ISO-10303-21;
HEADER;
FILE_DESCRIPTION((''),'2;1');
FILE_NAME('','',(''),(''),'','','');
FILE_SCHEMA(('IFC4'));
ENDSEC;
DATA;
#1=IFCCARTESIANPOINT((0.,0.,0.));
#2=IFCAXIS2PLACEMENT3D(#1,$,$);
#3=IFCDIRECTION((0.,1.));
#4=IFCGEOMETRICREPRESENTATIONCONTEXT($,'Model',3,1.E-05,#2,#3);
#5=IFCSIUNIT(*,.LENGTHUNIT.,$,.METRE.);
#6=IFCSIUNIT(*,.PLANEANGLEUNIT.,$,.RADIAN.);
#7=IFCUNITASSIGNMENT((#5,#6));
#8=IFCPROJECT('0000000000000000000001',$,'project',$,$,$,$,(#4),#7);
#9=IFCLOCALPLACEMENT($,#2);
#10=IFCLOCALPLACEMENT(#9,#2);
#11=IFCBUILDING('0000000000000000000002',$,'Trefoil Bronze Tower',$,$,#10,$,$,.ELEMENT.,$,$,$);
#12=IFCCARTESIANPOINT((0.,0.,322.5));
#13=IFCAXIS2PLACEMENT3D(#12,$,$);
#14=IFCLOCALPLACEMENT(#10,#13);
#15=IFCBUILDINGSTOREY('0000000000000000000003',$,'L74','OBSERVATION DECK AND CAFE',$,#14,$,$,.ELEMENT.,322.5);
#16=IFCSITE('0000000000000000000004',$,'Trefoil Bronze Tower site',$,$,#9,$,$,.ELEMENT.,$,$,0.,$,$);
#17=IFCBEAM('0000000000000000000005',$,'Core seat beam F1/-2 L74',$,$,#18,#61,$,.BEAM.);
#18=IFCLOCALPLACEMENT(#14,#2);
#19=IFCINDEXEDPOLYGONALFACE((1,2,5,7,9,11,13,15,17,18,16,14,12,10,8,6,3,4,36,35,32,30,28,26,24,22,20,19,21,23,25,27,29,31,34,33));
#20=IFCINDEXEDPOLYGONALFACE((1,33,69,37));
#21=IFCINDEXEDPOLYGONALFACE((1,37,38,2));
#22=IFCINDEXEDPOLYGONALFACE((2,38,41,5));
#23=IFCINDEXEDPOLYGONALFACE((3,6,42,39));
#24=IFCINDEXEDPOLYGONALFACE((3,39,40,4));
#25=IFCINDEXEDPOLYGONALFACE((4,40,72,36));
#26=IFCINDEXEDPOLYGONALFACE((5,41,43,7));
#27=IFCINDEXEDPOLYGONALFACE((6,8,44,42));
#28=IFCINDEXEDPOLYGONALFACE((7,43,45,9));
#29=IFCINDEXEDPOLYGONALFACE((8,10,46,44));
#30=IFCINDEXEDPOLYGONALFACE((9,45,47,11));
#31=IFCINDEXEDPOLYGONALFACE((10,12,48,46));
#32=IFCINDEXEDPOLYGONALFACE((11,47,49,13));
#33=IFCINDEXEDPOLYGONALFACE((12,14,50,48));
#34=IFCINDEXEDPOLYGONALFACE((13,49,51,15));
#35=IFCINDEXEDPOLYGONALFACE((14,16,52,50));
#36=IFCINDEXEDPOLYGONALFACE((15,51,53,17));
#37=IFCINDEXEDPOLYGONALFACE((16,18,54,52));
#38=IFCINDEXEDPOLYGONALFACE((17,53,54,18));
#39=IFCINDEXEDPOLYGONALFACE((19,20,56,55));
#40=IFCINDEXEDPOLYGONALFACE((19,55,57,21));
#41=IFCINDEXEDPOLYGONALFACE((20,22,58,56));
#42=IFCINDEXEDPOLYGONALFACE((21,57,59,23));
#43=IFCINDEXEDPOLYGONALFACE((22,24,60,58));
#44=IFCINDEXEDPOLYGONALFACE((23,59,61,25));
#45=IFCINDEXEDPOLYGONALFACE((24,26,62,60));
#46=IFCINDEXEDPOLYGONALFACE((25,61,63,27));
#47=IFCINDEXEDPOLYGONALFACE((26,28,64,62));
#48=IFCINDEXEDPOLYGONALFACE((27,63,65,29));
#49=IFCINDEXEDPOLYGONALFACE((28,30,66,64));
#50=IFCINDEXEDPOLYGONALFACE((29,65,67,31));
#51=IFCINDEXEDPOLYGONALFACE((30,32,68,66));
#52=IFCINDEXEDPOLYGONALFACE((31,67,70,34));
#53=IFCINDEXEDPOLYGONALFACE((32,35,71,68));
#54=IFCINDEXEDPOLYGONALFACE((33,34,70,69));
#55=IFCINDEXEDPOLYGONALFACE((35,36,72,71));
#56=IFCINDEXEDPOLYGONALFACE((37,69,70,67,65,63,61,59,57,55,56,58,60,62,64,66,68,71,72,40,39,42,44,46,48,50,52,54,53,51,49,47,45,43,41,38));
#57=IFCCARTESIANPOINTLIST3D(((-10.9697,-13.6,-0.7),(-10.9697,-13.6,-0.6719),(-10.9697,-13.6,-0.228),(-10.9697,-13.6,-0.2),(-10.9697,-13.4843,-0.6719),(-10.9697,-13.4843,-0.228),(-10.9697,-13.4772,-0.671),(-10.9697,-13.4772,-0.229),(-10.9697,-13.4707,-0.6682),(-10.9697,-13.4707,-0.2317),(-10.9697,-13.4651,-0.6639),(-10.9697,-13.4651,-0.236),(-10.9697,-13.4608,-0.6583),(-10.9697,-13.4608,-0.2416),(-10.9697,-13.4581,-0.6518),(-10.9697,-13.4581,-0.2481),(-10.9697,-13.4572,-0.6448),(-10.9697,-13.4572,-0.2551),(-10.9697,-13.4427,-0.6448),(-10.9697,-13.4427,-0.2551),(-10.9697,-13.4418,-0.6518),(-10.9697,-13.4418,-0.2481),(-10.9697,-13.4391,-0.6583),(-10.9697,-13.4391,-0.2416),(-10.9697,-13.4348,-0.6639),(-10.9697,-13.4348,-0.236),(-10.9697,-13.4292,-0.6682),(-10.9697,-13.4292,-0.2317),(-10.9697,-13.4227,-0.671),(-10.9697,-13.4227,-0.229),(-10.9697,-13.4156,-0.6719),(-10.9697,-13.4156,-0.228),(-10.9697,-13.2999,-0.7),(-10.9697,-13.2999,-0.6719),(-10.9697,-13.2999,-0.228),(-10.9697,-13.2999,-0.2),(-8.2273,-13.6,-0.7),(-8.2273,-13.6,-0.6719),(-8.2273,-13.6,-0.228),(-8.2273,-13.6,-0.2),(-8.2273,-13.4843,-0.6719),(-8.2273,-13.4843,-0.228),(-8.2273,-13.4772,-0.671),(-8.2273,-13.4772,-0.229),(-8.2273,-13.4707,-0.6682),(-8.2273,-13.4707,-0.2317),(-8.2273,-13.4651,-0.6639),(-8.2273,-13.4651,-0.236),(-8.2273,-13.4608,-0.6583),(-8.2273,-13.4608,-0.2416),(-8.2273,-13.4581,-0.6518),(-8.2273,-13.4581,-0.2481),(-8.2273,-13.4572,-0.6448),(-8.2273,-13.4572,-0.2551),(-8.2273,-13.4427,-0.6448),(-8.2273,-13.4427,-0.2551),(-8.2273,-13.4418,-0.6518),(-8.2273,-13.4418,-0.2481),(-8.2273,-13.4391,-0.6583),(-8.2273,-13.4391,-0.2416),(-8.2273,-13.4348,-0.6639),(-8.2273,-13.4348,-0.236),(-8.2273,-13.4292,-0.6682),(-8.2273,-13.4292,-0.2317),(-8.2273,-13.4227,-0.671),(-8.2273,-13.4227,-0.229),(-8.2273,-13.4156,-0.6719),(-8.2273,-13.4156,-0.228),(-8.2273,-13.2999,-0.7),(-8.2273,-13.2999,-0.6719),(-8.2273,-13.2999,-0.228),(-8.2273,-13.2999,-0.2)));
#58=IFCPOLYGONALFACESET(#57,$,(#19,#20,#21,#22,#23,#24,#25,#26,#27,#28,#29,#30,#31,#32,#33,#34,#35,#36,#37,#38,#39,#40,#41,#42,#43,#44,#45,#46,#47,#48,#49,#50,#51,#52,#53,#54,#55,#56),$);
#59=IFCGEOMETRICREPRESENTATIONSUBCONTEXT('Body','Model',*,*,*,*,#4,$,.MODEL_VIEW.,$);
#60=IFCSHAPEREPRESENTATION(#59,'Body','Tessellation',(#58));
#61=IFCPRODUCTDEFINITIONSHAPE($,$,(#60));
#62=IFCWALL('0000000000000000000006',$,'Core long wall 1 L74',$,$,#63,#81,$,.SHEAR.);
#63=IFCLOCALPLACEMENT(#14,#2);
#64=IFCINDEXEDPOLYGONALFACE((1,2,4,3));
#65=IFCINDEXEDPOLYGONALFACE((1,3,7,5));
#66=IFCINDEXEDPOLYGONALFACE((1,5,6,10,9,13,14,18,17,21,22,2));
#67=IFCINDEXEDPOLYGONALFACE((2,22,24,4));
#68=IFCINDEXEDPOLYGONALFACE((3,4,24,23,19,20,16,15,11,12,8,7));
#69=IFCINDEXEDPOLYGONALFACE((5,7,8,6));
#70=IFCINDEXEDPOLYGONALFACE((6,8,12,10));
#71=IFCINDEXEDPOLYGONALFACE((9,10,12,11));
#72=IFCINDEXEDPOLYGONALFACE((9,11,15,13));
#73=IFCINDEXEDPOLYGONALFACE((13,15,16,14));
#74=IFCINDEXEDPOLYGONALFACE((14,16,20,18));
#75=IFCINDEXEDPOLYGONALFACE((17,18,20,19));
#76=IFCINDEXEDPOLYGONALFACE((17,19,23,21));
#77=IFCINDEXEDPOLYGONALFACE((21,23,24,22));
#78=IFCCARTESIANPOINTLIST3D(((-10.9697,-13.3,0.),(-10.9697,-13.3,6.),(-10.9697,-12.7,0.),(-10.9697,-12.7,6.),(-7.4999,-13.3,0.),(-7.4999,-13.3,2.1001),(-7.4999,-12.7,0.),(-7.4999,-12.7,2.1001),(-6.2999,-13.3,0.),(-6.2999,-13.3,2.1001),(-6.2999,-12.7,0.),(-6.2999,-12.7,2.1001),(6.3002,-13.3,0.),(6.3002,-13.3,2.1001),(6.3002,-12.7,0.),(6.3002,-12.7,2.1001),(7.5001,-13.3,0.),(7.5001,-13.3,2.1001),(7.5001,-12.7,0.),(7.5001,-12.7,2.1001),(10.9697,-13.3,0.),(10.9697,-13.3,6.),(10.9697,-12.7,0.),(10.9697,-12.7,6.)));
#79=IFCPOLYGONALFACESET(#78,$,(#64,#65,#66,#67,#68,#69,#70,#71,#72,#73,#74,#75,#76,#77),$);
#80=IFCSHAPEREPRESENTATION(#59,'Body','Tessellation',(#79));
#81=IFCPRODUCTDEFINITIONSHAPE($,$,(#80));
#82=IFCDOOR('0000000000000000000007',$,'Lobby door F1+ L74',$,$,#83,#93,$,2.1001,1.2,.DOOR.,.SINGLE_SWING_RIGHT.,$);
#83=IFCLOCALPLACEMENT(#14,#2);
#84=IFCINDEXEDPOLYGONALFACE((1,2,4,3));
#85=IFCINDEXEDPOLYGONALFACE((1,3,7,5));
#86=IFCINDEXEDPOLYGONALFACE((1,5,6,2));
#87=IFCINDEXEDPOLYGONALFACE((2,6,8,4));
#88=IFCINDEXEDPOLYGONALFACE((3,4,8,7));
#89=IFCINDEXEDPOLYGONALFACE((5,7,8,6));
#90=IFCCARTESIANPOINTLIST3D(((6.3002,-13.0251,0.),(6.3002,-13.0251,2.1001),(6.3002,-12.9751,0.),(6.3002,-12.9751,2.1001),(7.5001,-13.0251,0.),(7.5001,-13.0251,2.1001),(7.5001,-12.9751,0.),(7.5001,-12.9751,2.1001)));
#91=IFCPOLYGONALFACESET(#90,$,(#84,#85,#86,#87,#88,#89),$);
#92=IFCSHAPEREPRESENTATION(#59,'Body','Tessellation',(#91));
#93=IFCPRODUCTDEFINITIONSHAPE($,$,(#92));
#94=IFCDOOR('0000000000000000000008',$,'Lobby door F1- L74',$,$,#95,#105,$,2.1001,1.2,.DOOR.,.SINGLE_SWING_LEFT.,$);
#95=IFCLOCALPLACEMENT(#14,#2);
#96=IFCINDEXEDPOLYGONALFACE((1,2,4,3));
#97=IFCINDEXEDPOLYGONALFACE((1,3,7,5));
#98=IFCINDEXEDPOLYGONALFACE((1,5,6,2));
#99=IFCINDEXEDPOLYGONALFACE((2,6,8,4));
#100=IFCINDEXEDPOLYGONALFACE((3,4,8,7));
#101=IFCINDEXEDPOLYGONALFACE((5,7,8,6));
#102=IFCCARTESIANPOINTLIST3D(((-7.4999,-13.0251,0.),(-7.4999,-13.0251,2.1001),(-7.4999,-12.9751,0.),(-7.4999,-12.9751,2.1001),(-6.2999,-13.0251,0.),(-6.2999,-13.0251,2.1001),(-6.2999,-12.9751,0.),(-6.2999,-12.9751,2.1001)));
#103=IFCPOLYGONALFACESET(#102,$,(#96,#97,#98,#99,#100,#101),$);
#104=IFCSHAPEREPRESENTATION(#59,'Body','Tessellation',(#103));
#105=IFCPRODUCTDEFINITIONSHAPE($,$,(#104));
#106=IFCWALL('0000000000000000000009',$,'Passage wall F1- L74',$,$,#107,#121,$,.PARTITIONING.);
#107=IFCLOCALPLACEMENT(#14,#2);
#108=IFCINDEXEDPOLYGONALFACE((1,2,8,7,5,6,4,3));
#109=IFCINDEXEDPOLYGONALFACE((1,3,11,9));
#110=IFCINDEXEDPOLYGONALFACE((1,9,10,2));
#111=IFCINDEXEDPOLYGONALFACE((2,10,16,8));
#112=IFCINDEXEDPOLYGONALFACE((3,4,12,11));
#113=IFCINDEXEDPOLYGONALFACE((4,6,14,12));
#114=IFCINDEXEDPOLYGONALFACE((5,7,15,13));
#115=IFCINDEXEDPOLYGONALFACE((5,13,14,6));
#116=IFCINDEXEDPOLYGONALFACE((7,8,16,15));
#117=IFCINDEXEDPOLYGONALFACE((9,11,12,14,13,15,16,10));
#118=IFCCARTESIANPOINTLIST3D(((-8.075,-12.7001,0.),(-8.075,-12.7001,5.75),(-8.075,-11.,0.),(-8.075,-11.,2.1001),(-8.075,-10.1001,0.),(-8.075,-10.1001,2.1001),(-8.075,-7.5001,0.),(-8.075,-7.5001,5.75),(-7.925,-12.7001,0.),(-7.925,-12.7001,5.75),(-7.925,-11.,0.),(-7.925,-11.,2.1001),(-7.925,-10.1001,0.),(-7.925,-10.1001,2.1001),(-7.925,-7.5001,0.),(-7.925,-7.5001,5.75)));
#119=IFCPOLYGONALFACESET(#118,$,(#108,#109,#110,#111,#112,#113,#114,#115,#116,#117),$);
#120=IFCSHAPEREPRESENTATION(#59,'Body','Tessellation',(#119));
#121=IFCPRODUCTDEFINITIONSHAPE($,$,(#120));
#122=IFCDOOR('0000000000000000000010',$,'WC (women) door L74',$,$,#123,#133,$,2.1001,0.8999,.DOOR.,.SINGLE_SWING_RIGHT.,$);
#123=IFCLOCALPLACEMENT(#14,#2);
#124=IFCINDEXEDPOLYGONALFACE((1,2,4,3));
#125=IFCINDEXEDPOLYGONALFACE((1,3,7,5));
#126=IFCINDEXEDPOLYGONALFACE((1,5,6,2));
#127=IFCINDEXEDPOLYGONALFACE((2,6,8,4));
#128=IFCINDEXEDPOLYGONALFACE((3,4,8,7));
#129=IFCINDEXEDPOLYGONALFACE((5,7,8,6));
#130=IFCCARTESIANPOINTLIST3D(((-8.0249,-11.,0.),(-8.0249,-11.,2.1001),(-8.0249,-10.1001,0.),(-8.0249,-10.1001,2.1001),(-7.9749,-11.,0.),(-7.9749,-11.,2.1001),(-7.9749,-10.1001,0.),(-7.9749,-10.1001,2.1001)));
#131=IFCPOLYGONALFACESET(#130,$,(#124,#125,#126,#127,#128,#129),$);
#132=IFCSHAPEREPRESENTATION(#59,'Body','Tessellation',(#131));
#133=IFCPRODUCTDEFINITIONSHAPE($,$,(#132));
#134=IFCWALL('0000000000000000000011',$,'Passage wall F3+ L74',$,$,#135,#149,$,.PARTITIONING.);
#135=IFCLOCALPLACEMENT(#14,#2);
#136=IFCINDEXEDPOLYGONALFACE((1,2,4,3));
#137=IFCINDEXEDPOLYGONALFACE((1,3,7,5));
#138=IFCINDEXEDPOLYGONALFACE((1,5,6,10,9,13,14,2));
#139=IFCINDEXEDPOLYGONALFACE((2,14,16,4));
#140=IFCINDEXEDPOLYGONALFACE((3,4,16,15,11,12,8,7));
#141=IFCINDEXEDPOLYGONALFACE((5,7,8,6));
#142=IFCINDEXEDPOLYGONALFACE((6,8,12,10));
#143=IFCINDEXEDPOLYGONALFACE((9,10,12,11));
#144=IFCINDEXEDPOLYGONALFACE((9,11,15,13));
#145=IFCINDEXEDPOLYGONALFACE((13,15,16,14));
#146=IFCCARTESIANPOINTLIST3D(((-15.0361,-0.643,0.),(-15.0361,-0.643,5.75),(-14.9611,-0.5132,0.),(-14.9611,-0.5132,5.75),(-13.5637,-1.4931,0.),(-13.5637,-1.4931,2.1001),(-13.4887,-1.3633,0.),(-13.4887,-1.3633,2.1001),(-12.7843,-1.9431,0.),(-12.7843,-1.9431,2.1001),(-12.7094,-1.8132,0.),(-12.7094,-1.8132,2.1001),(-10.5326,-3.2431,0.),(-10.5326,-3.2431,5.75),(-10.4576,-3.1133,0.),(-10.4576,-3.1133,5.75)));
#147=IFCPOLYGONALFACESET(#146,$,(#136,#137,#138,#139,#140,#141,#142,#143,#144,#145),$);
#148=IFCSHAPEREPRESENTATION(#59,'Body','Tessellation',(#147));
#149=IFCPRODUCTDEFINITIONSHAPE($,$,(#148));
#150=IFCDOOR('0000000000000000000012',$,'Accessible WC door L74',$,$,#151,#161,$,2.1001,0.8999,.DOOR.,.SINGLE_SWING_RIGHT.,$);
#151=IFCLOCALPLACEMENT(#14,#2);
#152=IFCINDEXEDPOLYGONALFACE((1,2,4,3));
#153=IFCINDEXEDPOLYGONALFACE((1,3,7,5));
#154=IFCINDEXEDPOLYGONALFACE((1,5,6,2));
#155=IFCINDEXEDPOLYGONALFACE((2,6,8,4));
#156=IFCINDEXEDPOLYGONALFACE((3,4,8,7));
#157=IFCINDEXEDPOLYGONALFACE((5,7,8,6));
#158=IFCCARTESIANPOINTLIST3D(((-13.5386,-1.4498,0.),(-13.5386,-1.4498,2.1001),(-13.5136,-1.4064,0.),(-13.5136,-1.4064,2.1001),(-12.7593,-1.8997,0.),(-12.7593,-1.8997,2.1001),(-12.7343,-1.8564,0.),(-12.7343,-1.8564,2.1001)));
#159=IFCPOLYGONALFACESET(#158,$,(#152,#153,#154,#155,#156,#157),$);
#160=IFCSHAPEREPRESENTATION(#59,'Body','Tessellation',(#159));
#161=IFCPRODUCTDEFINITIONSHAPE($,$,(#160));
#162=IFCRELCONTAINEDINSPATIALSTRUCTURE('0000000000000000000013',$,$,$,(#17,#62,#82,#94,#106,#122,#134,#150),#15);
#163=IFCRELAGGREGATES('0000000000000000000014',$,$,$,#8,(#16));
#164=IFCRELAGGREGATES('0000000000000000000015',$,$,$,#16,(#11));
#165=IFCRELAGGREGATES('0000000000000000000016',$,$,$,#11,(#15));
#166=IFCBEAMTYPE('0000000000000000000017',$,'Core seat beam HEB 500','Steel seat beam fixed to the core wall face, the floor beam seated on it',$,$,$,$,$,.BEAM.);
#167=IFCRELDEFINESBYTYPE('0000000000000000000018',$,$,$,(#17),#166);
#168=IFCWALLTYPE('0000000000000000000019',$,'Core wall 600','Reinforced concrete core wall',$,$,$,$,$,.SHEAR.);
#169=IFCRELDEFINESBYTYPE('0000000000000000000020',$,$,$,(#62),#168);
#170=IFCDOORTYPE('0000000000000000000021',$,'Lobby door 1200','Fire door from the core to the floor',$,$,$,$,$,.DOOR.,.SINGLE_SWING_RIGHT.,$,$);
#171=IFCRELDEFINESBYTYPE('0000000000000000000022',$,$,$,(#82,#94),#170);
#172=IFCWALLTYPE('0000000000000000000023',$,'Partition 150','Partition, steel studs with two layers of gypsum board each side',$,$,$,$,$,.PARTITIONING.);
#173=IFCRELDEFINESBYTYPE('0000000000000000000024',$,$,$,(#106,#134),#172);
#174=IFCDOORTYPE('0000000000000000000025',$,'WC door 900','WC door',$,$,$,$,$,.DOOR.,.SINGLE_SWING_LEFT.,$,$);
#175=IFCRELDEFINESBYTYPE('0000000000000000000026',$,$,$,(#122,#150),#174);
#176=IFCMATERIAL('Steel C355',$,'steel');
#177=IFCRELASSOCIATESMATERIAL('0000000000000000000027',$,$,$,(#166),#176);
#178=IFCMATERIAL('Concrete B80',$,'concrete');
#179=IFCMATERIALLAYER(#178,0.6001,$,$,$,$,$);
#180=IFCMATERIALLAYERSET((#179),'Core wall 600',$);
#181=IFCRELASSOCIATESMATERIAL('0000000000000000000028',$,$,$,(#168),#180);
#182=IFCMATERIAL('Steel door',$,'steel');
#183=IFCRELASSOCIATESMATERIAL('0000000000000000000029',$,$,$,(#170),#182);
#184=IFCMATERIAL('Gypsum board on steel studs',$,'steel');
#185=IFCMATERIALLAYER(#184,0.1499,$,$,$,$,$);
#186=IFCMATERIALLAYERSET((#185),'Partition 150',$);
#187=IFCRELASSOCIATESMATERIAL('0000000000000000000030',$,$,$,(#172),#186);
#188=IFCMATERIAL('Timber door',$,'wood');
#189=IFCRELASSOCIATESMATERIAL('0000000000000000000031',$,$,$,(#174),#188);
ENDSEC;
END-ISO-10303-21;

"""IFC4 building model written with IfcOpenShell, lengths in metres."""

from ifc_helpers import new_model, si_unit, direction, frame, frame_2d, origin, origin_2d, place, context, subcontext, project, spatial, rectangle, i_section, extrude, material, layer, layer_set, material_profile, profile_set, type_object, element, fill, save


model = new_model("IFC4")

# Units and contexts
model_context = context("Model", 3, precision=1e-05, world=origin(), true_north=direction((0.0, 1.0)))
body_context = subcontext(model_context, "Body", "Model", "MODEL_VIEW")
ifc_project = project(units=[si_unit("LENGTHUNIT", "METRE"), si_unit("PLANEANGLEUNIT", "RADIAN")], contexts=[model_context])

# Site, building, storey
site_placement = place(None, origin())
site = spatial("IfcSite", under=ifc_project, at=site_placement, Name="Trefoil Bronze Tower site", CompositionType="ELEMENT", RefElevation=0.0)
building_placement = place(site_placement, origin())
building = spatial("IfcBuilding", under=site, at=building_placement, Name="Trefoil Bronze Tower", CompositionType="ELEMENT")
storey_placement = place(building_placement, frame((0.0, 0.0, 322.5)))
storey = spatial("IfcBuildingStorey", under=building, at=storey_placement, Name="L74", Description="OBSERVATION DECK AND CAFE", CompositionType="ELEMENT", Elevation=322.5)

# Beam
ifc_material_1 = material(Name="Steel C355", Category="steel")
ifc_material_profile = material_profile(ifc_material_1, i_section(OverallWidth=0.3, OverallDepth=0.5, WebThickness=0.0144, FlangeThickness=0.0281, FilletRadius=0.0271, at=origin_2d()), Name="HEB 500")
ifc_profile_set = profile_set([ifc_material_profile], Name="Steel C355")
beam_type = type_object("IfcBeamType", Name="Core seat beam HEB 500", Description="Steel seat beam fixed to the core wall face, the floor beam seated on it", PredefinedType="BEAM", material=ifc_profile_set)
beam_placement = place(storey_placement, frame((-10.9697, -13.45, -0.45), z_axis=(1.0, 0.0, 0.0), x_axis=(0.0, 1.0, 0.0)))
element("IfcBeam", 1, at=beam_placement, inside=storey, type_object=beam_type, Name="Core seat beam F1/-2 L74", PredefinedType="BEAM", context=body_context, shape_type="SweptSolid", body=[
    extrude(i_section(OverallWidth=0.3, OverallDepth=0.5, WebThickness=0.0144, FlangeThickness=0.0281, FilletRadius=0.0271, at=origin_2d()), origin(), (0.0, 0.0, 1.0), 2.7424),
])

# Wall, openings, doors
ifc_material_2 = material(Name="Concrete B80", Category="concrete")
ifc_layer_1 = layer(ifc_material_2, 0.6001)
ifc_layer_set_1 = layer_set([ifc_layer_1], Name="Core wall 600")
wall_type_1 = type_object("IfcWallType", Name="Core wall 600", Description="Reinforced concrete core wall", PredefinedType="SHEAR", material=ifc_layer_set_1)
wall_1_placement = place(storey_placement, frame((-10.9697, -13.0, 0.0), z_axis=(0.0, 0.0, 1.0), x_axis=(1.0, 0.0, 0.0)))
wall_1 = element("IfcWall", 2, at=wall_1_placement, inside=storey, type_object=wall_type_1, Name="Core long wall 1 L74", PredefinedType="SHEAR", context=body_context, shape_type="SweptSolid", body=[
    extrude(rectangle(XDim=21.9395, YDim=0.6001, at=frame_2d((10.9697, 0.0))), origin(), (0.0, 0.0, 1.0), 6.0),
])
opening_1_placement = place(wall_1_placement, frame((17.2698, 0.0, 0.0)))
opening_1 = element("IfcOpeningElement", 3, at=opening_1_placement, cuts=wall_1, PredefinedType="OPENING", context=body_context, shape_type="SweptSolid", body=[
    extrude(rectangle(XDim=1.2, YDim=2.1001, at=frame_2d((0.6001, 1.05))), frame((0.0, 0.3101, 0.0), z_axis=(0.0, -1.0, 0.0), x_axis=(1.0, 0.0, 0.0)), (0.0, 0.0, 1.0), 0.6201),
])
opening_2_placement = place(wall_1_placement, frame((3.4697, 0.0, 0.0)))
opening_2 = element("IfcOpeningElement", 4, at=opening_2_placement, cuts=wall_1, PredefinedType="OPENING", context=body_context, shape_type="SweptSolid", body=[
    extrude(rectangle(XDim=1.2, YDim=2.1001, at=frame_2d((0.6001, 1.05))), frame((0.0, 0.3101, 0.0), z_axis=(0.0, -1.0, 0.0), x_axis=(1.0, 0.0, 0.0)), (0.0, 0.0, 1.0), 0.6201),
])
ifc_material_3 = material(Name="Steel door", Category="steel")
door_type_1 = type_object("IfcDoorType", Name="Lobby door 1200", Description="Fire door from the core to the floor", OperationType="SINGLE_SWING_RIGHT", PredefinedType="DOOR", material=ifc_material_3)
door_1_placement = place(opening_1_placement, origin())
door_1 = element("IfcDoor", 5, at=door_1_placement, inside=storey, type_object=door_type_1, Name="Lobby door F1+ L74", OperationType="SINGLE_SWING_RIGHT", OverallHeight=2.1001, OverallWidth=1.2, PredefinedType="DOOR", context=body_context, shape_type="SweptSolid", body=[
    extrude(rectangle(XDim=1.2, YDim=2.1001, at=frame_2d((0.6001, 1.05))), frame((0.0, 0.0249, 0.0), z_axis=(0.0, -1.0, 0.0), x_axis=(1.0, 0.0, 0.0)), (0.0, 0.0, 1.0), 0.05),
])
fill(opening_1, door_1)
door_2_placement = place(opening_2_placement, origin())
door_2 = element("IfcDoor", 6, at=door_2_placement, inside=storey, type_object=door_type_1, Name="Lobby door F1- L74", OperationType="SINGLE_SWING_LEFT", OverallHeight=2.1001, OverallWidth=1.2, PredefinedType="DOOR", context=body_context, shape_type="SweptSolid", body=[
    extrude(rectangle(XDim=1.2, YDim=2.1001, at=frame_2d((0.6001, 1.05))), frame((0.0, 0.0249, 0.0), z_axis=(0.0, -1.0, 0.0), x_axis=(1.0, 0.0, 0.0)), (0.0, 0.0, 1.0), 0.05),
])
fill(opening_2, door_2)

# Walls, openings, doors
ifc_material_4 = material(Name="Gypsum board on steel studs", Category="steel")
ifc_layer_2 = layer(ifc_material_4, 0.1499)
ifc_layer_set_2 = layer_set([ifc_layer_2], Name="Partition 150")
wall_type_2 = type_object("IfcWallType", Name="Partition 150", Description="Partition, steel studs with two layers of gypsum board each side", PredefinedType="PARTITIONING", material=ifc_layer_set_2)
wall_2_placement = place(storey_placement, frame((-8.0, -7.5, 0.0), z_axis=(0.0, 0.0, 1.0), x_axis=(0.0, -1.0, 0.0)))
wall_2 = element("IfcWall", 7, at=wall_2_placement, inside=storey, type_object=wall_type_2, Name="Passage wall F1- L74", PredefinedType="PARTITIONING", context=body_context, shape_type="SweptSolid", body=[
    extrude(rectangle(XDim=5.2, YDim=0.1499, at=frame_2d((2.6001, 0.0))), origin(), (0.0, 0.0, 1.0), 5.75),
])
opening_3_placement = place(wall_2_placement, frame((2.6001, 0.0, 0.0)))
opening_3 = element("IfcOpeningElement", 8, at=opening_3_placement, cuts=wall_2, PredefinedType="OPENING", context=body_context, shape_type="SweptSolid", body=[
    extrude(rectangle(XDim=0.8999, YDim=2.1001, at=frame_2d((0.45, 1.05))), frame((0.0, 0.085, 0.0), z_axis=(0.0, -1.0, 0.0), x_axis=(1.0, 0.0, 0.0)), (0.0, 0.0, 1.0), 0.1699),
])
ifc_material_5 = material(Name="Timber door", Category="wood")
door_type_2 = type_object("IfcDoorType", Name="WC door 900", Description="WC door", OperationType="SINGLE_SWING_LEFT", PredefinedType="DOOR", material=ifc_material_5)
door_3_placement = place(opening_3_placement, frame((0.8999, 0.0, 0.0), z_axis=(0.0, 0.0, 1.0), x_axis=(-1.0, 0.0, 0.0)))
door_3 = element("IfcDoor", 9, at=door_3_placement, inside=storey, type_object=door_type_2, Name="WC (women) door L74", OperationType="SINGLE_SWING_RIGHT", OverallHeight=2.1001, OverallWidth=0.8999, PredefinedType="DOOR", context=body_context, shape_type="SweptSolid", body=[
    extrude(rectangle(XDim=0.8999, YDim=2.1001, at=frame_2d((0.45, 1.05))), frame((0.0, 0.0249, 0.0), z_axis=(0.0, -1.0, 0.0), x_axis=(1.0, 0.0, 0.0)), (0.0, 0.0, 1.0), 0.05),
])
fill(opening_3, door_3)
wall_3_placement = place(storey_placement, frame((-10.4951, -3.1782, 0.0), z_axis=(0.0, 0.0, 1.0), x_axis=(-0.866021, 0.500007, 0.0)))
wall_3 = element("IfcWall", 10, at=wall_3_placement, inside=storey, type_object=wall_type_2, Name="Passage wall F3+ L74", PredefinedType="PARTITIONING", context=body_context, shape_type="SweptSolid", body=[
    extrude(rectangle(XDim=5.2002, YDim=0.1499, at=frame_2d((2.6001, 0.0))), origin(), (0.0, 0.0, 1.0), 5.75),
])
opening_4_placement = place(wall_3_placement, frame((2.6001, 0.0, 0.0)))
opening_4 = element("IfcOpeningElement", 11, at=opening_4_placement, cuts=wall_3, PredefinedType="OPENING", context=body_context, shape_type="SweptSolid", body=[
    extrude(rectangle(XDim=0.8999, YDim=2.1001, at=frame_2d((0.45, 1.05))), frame((0.0, 0.085, 0.0), z_axis=(0.0, -1.0, 0.0), x_axis=(1.0, 0.0, 0.0)), (0.0, 0.0, 1.0), 0.1699),
])
door_4_placement = place(opening_4_placement, origin())
door_4 = element("IfcDoor", 12, at=door_4_placement, inside=storey, type_object=door_type_2, Name="Accessible WC door L74", OperationType="SINGLE_SWING_RIGHT", OverallHeight=2.1001, OverallWidth=0.8999, PredefinedType="DOOR", context=body_context, shape_type="SweptSolid", body=[
    extrude(rectangle(XDim=0.8999, YDim=2.1001, at=frame_2d((0.45, 1.05))), frame((0.0, 0.0249, 0.0), z_axis=(0.0, -1.0, 0.0), x_axis=(1.0, 0.0, 0.0)), (0.0, 0.0, 1.0), 0.05),
])
fill(opening_4, door_4)

save(model, "model.ifc")
